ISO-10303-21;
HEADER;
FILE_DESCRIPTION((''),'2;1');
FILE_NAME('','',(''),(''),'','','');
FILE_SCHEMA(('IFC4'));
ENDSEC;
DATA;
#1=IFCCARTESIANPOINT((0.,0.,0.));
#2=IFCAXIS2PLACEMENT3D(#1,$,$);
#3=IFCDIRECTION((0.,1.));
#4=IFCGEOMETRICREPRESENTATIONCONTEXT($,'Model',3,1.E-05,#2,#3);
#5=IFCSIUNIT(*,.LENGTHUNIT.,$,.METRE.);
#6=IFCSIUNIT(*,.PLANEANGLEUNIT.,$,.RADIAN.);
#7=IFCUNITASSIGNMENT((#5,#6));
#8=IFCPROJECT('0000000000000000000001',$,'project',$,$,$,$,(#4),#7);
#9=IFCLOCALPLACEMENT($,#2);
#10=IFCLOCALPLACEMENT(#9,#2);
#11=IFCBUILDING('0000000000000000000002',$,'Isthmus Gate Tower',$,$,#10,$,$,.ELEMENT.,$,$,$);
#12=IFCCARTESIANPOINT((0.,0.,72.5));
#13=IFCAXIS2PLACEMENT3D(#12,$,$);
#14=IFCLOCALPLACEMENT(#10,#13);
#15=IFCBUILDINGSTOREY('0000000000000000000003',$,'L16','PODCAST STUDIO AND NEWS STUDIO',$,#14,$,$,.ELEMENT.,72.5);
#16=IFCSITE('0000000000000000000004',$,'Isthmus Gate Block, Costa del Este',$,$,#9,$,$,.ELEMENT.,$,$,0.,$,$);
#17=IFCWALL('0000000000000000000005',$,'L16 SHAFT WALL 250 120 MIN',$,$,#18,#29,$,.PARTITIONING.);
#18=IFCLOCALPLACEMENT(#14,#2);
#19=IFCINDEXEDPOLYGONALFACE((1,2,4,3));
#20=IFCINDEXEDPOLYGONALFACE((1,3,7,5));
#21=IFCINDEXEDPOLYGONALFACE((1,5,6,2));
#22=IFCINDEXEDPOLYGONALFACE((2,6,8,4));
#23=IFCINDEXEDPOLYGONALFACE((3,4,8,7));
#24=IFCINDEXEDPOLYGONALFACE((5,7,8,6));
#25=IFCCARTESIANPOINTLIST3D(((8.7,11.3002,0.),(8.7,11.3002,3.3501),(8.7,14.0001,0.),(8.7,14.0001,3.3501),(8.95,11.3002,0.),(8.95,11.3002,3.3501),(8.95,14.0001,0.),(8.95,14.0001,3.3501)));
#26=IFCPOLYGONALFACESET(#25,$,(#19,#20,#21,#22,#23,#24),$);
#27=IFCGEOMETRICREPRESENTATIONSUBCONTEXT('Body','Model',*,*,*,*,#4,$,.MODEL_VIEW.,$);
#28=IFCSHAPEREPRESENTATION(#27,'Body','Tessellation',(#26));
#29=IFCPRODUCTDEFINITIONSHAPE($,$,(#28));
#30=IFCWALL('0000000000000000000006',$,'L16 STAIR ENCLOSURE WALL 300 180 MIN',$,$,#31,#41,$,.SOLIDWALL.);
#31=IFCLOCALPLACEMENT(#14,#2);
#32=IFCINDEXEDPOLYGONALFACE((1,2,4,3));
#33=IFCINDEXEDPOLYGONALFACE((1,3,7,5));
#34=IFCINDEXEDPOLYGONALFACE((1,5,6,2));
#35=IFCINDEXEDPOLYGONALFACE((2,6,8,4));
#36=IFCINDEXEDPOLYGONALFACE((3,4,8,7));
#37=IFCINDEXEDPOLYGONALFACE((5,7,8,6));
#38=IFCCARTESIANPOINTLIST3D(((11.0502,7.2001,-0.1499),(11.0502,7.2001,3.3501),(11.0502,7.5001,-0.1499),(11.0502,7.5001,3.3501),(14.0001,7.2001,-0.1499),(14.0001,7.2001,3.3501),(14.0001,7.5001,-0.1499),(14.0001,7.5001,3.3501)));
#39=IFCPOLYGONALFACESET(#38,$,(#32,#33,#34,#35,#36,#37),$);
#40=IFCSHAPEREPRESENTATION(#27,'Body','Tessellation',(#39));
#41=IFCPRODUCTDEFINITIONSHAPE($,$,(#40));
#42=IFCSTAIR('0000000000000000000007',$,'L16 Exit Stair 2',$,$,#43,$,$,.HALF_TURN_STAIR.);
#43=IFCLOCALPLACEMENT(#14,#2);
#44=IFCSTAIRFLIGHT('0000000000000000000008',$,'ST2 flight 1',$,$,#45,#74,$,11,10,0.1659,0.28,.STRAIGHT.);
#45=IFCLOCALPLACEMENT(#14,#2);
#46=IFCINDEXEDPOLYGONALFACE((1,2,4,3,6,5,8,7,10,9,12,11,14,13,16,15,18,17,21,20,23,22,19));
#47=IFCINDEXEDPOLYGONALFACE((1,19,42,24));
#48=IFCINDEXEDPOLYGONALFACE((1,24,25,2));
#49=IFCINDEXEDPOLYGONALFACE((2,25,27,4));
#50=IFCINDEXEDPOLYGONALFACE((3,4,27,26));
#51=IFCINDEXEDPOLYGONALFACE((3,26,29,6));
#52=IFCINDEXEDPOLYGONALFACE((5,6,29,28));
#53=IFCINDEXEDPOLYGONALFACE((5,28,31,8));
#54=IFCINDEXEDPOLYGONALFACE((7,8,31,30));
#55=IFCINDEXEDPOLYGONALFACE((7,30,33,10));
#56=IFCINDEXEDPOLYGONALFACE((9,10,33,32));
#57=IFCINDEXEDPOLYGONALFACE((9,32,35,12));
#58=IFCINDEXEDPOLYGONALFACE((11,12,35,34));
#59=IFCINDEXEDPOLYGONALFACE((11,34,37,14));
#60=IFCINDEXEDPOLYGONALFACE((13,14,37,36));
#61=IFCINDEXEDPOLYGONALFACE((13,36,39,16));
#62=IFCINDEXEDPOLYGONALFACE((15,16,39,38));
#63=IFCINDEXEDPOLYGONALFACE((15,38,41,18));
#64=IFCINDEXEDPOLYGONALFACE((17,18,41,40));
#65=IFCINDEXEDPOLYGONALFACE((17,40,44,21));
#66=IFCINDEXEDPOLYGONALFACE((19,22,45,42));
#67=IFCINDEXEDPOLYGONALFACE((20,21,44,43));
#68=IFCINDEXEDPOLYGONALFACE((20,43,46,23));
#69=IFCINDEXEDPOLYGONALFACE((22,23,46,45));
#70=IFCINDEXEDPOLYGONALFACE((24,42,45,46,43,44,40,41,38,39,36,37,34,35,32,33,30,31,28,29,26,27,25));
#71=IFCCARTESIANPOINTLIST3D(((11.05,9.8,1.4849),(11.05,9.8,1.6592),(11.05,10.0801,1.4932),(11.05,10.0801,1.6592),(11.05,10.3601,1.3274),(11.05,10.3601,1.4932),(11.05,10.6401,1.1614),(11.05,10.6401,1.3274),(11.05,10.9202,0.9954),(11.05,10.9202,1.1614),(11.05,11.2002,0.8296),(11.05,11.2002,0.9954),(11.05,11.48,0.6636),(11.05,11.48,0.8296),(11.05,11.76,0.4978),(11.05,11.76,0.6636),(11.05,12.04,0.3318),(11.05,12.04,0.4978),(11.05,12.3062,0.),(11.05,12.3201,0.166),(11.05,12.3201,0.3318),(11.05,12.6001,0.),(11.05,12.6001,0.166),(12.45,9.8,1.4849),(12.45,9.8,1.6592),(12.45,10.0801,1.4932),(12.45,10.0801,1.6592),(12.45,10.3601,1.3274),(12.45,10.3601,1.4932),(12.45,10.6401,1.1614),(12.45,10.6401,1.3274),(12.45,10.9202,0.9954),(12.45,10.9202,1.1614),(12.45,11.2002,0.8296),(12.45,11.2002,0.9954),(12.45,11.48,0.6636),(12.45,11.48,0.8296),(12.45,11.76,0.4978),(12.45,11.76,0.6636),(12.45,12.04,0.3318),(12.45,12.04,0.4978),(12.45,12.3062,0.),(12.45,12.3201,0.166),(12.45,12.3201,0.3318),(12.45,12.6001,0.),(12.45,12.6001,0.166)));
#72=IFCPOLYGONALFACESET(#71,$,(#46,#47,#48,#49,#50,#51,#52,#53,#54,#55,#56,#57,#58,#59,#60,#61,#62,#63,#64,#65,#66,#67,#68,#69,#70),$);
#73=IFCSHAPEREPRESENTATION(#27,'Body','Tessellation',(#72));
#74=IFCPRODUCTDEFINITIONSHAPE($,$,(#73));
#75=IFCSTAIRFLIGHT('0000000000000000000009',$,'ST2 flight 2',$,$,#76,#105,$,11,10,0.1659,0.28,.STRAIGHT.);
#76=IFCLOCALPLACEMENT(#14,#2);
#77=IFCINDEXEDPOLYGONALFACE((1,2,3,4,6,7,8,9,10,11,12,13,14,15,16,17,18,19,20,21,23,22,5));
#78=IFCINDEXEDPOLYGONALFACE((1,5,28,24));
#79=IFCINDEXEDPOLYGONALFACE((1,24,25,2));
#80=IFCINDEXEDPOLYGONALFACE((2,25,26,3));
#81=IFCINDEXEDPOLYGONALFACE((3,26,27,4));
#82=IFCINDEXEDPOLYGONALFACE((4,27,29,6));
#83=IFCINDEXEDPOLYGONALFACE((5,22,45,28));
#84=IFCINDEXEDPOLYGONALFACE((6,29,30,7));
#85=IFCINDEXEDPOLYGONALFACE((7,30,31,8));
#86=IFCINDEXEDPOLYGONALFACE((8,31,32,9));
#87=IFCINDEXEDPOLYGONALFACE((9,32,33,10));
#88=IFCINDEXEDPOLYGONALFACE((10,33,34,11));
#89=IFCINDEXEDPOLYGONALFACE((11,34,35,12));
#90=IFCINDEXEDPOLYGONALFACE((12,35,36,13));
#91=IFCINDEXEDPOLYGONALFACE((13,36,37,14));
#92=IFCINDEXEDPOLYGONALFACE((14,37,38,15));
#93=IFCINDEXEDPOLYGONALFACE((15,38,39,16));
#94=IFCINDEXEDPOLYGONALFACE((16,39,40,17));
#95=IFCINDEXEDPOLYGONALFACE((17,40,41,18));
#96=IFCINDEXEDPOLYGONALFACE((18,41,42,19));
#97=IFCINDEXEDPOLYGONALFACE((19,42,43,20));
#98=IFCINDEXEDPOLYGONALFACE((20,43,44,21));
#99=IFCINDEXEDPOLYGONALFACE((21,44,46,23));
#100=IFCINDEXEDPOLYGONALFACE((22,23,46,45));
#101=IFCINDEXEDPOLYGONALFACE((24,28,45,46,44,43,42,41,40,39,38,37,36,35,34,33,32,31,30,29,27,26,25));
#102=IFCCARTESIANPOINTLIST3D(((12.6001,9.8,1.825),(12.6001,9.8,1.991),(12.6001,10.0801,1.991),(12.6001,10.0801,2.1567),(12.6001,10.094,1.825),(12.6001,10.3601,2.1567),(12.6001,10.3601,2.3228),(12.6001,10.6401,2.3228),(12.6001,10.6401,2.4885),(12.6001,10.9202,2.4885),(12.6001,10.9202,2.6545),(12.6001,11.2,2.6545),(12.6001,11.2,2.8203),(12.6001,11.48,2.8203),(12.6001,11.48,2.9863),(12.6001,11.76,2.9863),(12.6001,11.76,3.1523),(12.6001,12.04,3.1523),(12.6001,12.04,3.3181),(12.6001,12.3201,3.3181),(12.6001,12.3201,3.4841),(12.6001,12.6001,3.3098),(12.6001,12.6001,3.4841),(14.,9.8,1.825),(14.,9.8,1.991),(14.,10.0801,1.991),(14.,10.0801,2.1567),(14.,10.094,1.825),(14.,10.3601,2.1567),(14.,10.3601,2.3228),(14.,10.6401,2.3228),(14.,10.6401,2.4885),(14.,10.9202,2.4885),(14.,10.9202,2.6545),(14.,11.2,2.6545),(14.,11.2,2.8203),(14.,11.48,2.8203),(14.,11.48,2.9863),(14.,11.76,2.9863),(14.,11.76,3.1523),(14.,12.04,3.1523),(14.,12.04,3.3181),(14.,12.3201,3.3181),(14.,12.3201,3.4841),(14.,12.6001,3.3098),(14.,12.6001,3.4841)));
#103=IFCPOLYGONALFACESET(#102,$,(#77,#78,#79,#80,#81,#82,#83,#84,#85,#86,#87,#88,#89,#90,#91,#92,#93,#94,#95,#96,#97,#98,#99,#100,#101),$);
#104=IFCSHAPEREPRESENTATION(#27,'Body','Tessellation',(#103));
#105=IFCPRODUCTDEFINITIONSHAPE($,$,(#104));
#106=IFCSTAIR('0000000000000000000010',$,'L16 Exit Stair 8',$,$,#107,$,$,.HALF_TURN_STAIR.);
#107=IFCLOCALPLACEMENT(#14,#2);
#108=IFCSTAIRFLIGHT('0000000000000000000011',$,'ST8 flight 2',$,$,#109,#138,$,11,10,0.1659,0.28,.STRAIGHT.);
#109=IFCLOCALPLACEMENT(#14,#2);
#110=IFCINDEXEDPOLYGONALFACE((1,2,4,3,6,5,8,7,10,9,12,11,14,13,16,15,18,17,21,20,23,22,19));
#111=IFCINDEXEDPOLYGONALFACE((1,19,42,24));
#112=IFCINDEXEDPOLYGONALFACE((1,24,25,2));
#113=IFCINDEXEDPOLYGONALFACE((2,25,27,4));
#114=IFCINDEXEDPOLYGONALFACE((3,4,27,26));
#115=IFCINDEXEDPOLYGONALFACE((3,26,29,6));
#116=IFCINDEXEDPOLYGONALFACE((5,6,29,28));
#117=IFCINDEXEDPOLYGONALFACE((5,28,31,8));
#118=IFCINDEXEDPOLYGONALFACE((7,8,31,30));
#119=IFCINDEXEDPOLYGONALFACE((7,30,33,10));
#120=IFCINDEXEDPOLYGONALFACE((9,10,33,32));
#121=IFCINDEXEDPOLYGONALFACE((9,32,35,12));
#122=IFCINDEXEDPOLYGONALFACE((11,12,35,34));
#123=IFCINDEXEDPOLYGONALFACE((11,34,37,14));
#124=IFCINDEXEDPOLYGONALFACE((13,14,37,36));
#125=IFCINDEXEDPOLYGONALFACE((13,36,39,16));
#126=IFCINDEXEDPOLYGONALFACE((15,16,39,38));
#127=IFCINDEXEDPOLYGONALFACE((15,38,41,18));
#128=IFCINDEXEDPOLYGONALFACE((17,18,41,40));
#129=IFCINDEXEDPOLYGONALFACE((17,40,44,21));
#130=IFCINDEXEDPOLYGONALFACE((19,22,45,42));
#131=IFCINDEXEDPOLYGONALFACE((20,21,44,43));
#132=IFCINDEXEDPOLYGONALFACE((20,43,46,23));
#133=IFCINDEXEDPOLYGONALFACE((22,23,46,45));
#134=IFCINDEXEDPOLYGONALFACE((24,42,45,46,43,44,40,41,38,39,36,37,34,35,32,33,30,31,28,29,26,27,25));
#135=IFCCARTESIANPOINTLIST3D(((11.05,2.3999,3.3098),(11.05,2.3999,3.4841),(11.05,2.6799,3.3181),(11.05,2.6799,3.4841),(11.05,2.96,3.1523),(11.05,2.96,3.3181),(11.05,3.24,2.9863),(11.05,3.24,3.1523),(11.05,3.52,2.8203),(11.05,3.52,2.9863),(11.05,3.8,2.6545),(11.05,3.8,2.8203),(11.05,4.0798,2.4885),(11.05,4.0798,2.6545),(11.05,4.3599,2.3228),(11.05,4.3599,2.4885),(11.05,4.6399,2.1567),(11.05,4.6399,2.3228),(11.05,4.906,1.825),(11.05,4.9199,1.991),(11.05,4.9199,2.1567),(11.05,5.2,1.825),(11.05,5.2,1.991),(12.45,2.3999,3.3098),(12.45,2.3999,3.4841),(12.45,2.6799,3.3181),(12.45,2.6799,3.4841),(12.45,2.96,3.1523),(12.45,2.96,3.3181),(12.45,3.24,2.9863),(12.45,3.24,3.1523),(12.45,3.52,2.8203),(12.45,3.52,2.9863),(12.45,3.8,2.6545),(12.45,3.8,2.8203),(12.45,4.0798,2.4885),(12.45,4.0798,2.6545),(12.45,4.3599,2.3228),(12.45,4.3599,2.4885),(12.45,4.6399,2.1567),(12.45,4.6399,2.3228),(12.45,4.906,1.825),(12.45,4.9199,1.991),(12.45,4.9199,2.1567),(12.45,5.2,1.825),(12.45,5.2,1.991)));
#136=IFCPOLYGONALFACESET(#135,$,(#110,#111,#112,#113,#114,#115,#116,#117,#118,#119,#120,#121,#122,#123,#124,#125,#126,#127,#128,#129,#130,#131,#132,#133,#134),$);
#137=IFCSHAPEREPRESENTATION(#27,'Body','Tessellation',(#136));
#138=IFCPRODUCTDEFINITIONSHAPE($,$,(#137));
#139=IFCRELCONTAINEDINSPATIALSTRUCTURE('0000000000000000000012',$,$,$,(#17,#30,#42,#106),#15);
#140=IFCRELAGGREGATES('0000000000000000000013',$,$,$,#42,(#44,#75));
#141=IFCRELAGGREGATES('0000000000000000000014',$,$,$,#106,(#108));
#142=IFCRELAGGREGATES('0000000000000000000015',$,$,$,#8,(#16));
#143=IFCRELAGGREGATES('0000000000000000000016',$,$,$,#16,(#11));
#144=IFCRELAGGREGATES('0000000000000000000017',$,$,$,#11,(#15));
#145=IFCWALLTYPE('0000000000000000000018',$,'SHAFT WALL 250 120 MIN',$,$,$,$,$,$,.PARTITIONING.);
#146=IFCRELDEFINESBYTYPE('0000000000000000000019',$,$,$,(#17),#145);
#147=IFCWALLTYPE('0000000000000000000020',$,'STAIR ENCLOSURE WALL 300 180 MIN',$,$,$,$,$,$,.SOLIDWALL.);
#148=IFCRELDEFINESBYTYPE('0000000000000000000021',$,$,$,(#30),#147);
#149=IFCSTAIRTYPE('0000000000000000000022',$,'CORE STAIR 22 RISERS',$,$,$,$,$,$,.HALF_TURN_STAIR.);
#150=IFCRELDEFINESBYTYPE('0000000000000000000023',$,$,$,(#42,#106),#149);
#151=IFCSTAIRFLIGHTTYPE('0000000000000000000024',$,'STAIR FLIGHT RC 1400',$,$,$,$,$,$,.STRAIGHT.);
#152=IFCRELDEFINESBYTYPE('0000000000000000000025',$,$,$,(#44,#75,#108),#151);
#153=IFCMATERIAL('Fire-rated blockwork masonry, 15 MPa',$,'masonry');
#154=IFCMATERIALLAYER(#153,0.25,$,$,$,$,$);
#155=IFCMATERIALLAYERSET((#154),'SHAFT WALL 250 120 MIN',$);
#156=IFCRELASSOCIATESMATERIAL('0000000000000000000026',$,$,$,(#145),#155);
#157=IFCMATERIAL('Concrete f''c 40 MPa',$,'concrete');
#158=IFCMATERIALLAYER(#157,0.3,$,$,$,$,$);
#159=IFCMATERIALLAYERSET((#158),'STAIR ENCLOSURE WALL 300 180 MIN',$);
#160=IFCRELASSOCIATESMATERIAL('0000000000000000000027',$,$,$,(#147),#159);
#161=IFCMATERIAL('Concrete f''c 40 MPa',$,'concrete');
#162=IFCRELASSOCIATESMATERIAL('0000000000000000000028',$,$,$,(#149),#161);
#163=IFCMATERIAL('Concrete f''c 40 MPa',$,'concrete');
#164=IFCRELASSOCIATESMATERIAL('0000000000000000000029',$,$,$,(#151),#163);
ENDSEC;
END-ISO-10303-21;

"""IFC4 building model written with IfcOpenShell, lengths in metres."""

from ifc_helpers import new_model, si_unit, direction, frame, frame_2d, origin, place, context, subcontext, project, spatial, polyline, rectangle, outline, extrude, material, layer, layer_set, type_object, element, aggregate, save


model = new_model("IFC4")

# Units and contexts
model_context = context("Model", 3, precision=1e-05, world=origin(), true_north=direction((0.0, 1.0)))
body_context = subcontext(model_context, "Body", "Model", "MODEL_VIEW")
ifc_project = project(units=[si_unit("LENGTHUNIT", "METRE"), si_unit("PLANEANGLEUNIT", "RADIAN")], contexts=[model_context])

# Site, building, storey
site_placement = place(None, origin())
site = spatial("IfcSite", under=ifc_project, at=site_placement, Name="Isthmus Gate Block, Costa del Este", CompositionType="ELEMENT", RefElevation=0.0)
building_placement = place(site_placement, origin())
building = spatial("IfcBuilding", under=site, at=building_placement, Name="Isthmus Gate Tower", CompositionType="ELEMENT")
storey_placement = place(building_placement, frame((0.0, 0.0, 72.5)))
storey = spatial("IfcBuildingStorey", under=building, at=storey_placement, Name="L16", Description="PODCAST STUDIO AND NEWS STUDIO", CompositionType="ELEMENT", Elevation=72.5)

# Walls
ifc_material_1 = material(Name="Fire-rated blockwork masonry, 15 MPa", Category="masonry")
ifc_layer_1 = layer(ifc_material_1, 0.25)
ifc_layer_set_1 = layer_set([ifc_layer_1], Name="SHAFT WALL 250 120 MIN")
wall_type_1 = type_object("IfcWallType", Name="SHAFT WALL 250 120 MIN", PredefinedType="PARTITIONING", material=ifc_layer_set_1)
for number, where, z_axis, x_axis, name in (
    (1, (8.825, 11.3, 0.0), (0.0, 0.0, 1.0), (0.0, 1.0, 0.0), "L16 SHAFT WALL 250 120 MIN"),
):
    element("IfcWall", number, at=place(storey_placement, frame(where, z_axis=z_axis, x_axis=x_axis)), inside=storey, type_object=wall_type_1, Name=name, PredefinedType="PARTITIONING", context=body_context, shape_type="SweptSolid", body=[
        extrude(rectangle(XDim=2.7, YDim=0.25, at=frame_2d((1.3501, 0.0))), origin(), (0.0, 0.0, 1.0), 3.3501),
    ])
ifc_material_2 = material(Name="Concrete f'c 40 MPa", Category="concrete")
ifc_layer_2 = layer(ifc_material_2, 0.3)
ifc_layer_set_2 = layer_set([ifc_layer_2], Name="STAIR ENCLOSURE WALL 300 180 MIN")
wall_type_2 = type_object("IfcWallType", Name="STAIR ENCLOSURE WALL 300 180 MIN", PredefinedType="SOLIDWALL", material=ifc_layer_set_2)
wall_1_placement = place(storey_placement, frame((11.05, 7.3501, -0.1499), z_axis=(0.0, 0.0, 1.0), x_axis=(1.0, 0.0, 0.0)))
element("IfcWall", 2, at=wall_1_placement, inside=storey, type_object=wall_type_2, Name="L16 STAIR ENCLOSURE WALL 300 180 MIN", PredefinedType="SOLIDWALL", context=body_context, shape_type="SweptSolid", body=[
    extrude(rectangle(XDim=2.95, YDim=0.3, at=frame_2d((1.4751, 0.0))), origin(), (0.0, 0.0, 1.0), 3.5),
])

# Stair, stair flights
ifc_material_3 = material(Name="Concrete f'c 40 MPa", Category="concrete")
stair_type = type_object("IfcStairType", Name="CORE STAIR 22 RISERS", PredefinedType="HALF_TURN_STAIR", material=ifc_material_3)
stair_1_placement = place(storey_placement, origin())
stair_1 = element("IfcStair", 3, at=stair_1_placement, inside=storey, type_object=stair_type, Name="L16 Exit Stair 2", PredefinedType="HALF_TURN_STAIR")
ifc_material_4 = material(Name="Concrete f'c 40 MPa", Category="concrete")
stair_flight_type = type_object("IfcStairFlightType", Name="STAIR FLIGHT RC 1400", PredefinedType="STRAIGHT", material=ifc_material_4)
stair_flight_1_placement = place(storey_placement, frame((11.75, 12.6001, 0.0), z_axis=(0.0, 0.0, 1.0), x_axis=(0.0, -1.0, 0.0)))
stair_flight_1 = element("IfcStairFlight", 4, at=stair_flight_1_placement, type_object=stair_flight_type, Name="ST2 flight 1", NumberOfRisers=11, NumberOfTreads=10, PredefinedType="STRAIGHT", RiserHeight=0.1659, TreadLength=0.28, context=body_context, shape_type="SweptSolid", body=[
    extrude(outline(polyline([(0.0, 0.0), (0.0, 0.166), (0.28, 0.166), (0.28, 0.3318), (0.5601, 0.3318), (0.5601, 0.4978), (0.8401, 0.4978), (0.8401, 0.6636), (1.1201, 0.6636), (1.1201, 0.8296), (1.3999, 0.8296), (1.3999, 0.9954), (1.6799, 0.9954), (1.6799, 1.1614), (1.96, 1.1614), (1.96, 1.3274), (2.24, 1.3274), (2.24, 1.4932), (2.52, 1.4932), (2.52, 1.6592), (2.8, 1.6592), (2.8, 1.825), (2.8, 1.4849), (0.2939, 0.0), (0.0, 0.0)])), frame((0.0, 0.7, 0.0), z_axis=(0.0, -1.0, 0.0), x_axis=(1.0, 0.0, 0.0)), (0.0, 0.0, 1.0), 1.3999),
])
stair_flight_2_placement = place(storey_placement, frame((13.3, 9.8, 1.825), z_axis=(0.0, 0.0, 1.0), x_axis=(0.0, 1.0, 0.0)))
stair_flight_2 = element("IfcStairFlight", 5, at=stair_flight_2_placement, type_object=stair_flight_type, Name="ST2 flight 2", NumberOfRisers=11, NumberOfTreads=10, PredefinedType="STRAIGHT", RiserHeight=0.1659, TreadLength=0.28, context=body_context, shape_type="SweptSolid", body=[
    extrude(outline(polyline([(0.0, 0.0), (0.0, 0.166), (0.28, 0.166), (0.28, 0.3318), (0.5601, 0.3318), (0.5601, 0.4978), (0.8401, 0.4978), (0.8401, 0.6636), (1.1201, 0.6636), (1.1201, 0.8296), (1.3999, 0.8296), (1.3999, 0.9954), (1.6799, 0.9954), (1.6799, 1.1614), (1.96, 1.1614), (1.96, 1.3274), (2.24, 1.3274), (2.24, 1.4932), (2.52, 1.4932), (2.52, 1.6592), (2.8, 1.6592), (2.8, 1.825), (2.8, 1.4849), (0.2939, 0.0), (0.0, 0.0)])), frame((0.0, 0.7, 0.0), z_axis=(0.0, -1.0, 0.0), x_axis=(1.0, 0.0, 0.0)), (0.0, 0.0, 1.0), 1.3999),
])
aggregate(stair_1, [stair_flight_1, stair_flight_2])

# Stair, stair flight
stair_2_placement = place(storey_placement, origin())
stair_2 = element("IfcStair", 6, at=stair_2_placement, inside=storey, type_object=stair_type, Name="L16 Exit Stair 8", PredefinedType="HALF_TURN_STAIR")
stair_flight_3_placement = place(storey_placement, frame((11.75, 5.2, 1.825), z_axis=(0.0, 0.0, 1.0), x_axis=(0.0, -1.0, 0.0)))
stair_flight_3 = element("IfcStairFlight", 7, at=stair_flight_3_placement, type_object=stair_flight_type, Name="ST8 flight 2", NumberOfRisers=11, NumberOfTreads=10, PredefinedType="STRAIGHT", RiserHeight=0.1659, TreadLength=0.28, context=body_context, shape_type="SweptSolid", body=[
    extrude(outline(polyline([(0.0, 0.0), (0.0, 0.166), (0.28, 0.166), (0.28, 0.3318), (0.5601, 0.3318), (0.5601, 0.4978), (0.8401, 0.4978), (0.8401, 0.6636), (1.1201, 0.6636), (1.1201, 0.8296), (1.3999, 0.8296), (1.3999, 0.9954), (1.6799, 0.9954), (1.6799, 1.1614), (1.96, 1.1614), (1.96, 1.3274), (2.24, 1.3274), (2.24, 1.4932), (2.52, 1.4932), (2.52, 1.6592), (2.8, 1.6592), (2.8, 1.825), (2.8, 1.4849), (0.2939, 0.0), (0.0, 0.0)])), frame((0.0, 0.7, 0.0), z_axis=(0.0, -1.0, 0.0), x_axis=(1.0, 0.0, 0.0)), (0.0, 0.0, 1.0), 1.3999),
])
aggregate(stair_2, [stair_flight_3])

save(model, "model.ifc")
